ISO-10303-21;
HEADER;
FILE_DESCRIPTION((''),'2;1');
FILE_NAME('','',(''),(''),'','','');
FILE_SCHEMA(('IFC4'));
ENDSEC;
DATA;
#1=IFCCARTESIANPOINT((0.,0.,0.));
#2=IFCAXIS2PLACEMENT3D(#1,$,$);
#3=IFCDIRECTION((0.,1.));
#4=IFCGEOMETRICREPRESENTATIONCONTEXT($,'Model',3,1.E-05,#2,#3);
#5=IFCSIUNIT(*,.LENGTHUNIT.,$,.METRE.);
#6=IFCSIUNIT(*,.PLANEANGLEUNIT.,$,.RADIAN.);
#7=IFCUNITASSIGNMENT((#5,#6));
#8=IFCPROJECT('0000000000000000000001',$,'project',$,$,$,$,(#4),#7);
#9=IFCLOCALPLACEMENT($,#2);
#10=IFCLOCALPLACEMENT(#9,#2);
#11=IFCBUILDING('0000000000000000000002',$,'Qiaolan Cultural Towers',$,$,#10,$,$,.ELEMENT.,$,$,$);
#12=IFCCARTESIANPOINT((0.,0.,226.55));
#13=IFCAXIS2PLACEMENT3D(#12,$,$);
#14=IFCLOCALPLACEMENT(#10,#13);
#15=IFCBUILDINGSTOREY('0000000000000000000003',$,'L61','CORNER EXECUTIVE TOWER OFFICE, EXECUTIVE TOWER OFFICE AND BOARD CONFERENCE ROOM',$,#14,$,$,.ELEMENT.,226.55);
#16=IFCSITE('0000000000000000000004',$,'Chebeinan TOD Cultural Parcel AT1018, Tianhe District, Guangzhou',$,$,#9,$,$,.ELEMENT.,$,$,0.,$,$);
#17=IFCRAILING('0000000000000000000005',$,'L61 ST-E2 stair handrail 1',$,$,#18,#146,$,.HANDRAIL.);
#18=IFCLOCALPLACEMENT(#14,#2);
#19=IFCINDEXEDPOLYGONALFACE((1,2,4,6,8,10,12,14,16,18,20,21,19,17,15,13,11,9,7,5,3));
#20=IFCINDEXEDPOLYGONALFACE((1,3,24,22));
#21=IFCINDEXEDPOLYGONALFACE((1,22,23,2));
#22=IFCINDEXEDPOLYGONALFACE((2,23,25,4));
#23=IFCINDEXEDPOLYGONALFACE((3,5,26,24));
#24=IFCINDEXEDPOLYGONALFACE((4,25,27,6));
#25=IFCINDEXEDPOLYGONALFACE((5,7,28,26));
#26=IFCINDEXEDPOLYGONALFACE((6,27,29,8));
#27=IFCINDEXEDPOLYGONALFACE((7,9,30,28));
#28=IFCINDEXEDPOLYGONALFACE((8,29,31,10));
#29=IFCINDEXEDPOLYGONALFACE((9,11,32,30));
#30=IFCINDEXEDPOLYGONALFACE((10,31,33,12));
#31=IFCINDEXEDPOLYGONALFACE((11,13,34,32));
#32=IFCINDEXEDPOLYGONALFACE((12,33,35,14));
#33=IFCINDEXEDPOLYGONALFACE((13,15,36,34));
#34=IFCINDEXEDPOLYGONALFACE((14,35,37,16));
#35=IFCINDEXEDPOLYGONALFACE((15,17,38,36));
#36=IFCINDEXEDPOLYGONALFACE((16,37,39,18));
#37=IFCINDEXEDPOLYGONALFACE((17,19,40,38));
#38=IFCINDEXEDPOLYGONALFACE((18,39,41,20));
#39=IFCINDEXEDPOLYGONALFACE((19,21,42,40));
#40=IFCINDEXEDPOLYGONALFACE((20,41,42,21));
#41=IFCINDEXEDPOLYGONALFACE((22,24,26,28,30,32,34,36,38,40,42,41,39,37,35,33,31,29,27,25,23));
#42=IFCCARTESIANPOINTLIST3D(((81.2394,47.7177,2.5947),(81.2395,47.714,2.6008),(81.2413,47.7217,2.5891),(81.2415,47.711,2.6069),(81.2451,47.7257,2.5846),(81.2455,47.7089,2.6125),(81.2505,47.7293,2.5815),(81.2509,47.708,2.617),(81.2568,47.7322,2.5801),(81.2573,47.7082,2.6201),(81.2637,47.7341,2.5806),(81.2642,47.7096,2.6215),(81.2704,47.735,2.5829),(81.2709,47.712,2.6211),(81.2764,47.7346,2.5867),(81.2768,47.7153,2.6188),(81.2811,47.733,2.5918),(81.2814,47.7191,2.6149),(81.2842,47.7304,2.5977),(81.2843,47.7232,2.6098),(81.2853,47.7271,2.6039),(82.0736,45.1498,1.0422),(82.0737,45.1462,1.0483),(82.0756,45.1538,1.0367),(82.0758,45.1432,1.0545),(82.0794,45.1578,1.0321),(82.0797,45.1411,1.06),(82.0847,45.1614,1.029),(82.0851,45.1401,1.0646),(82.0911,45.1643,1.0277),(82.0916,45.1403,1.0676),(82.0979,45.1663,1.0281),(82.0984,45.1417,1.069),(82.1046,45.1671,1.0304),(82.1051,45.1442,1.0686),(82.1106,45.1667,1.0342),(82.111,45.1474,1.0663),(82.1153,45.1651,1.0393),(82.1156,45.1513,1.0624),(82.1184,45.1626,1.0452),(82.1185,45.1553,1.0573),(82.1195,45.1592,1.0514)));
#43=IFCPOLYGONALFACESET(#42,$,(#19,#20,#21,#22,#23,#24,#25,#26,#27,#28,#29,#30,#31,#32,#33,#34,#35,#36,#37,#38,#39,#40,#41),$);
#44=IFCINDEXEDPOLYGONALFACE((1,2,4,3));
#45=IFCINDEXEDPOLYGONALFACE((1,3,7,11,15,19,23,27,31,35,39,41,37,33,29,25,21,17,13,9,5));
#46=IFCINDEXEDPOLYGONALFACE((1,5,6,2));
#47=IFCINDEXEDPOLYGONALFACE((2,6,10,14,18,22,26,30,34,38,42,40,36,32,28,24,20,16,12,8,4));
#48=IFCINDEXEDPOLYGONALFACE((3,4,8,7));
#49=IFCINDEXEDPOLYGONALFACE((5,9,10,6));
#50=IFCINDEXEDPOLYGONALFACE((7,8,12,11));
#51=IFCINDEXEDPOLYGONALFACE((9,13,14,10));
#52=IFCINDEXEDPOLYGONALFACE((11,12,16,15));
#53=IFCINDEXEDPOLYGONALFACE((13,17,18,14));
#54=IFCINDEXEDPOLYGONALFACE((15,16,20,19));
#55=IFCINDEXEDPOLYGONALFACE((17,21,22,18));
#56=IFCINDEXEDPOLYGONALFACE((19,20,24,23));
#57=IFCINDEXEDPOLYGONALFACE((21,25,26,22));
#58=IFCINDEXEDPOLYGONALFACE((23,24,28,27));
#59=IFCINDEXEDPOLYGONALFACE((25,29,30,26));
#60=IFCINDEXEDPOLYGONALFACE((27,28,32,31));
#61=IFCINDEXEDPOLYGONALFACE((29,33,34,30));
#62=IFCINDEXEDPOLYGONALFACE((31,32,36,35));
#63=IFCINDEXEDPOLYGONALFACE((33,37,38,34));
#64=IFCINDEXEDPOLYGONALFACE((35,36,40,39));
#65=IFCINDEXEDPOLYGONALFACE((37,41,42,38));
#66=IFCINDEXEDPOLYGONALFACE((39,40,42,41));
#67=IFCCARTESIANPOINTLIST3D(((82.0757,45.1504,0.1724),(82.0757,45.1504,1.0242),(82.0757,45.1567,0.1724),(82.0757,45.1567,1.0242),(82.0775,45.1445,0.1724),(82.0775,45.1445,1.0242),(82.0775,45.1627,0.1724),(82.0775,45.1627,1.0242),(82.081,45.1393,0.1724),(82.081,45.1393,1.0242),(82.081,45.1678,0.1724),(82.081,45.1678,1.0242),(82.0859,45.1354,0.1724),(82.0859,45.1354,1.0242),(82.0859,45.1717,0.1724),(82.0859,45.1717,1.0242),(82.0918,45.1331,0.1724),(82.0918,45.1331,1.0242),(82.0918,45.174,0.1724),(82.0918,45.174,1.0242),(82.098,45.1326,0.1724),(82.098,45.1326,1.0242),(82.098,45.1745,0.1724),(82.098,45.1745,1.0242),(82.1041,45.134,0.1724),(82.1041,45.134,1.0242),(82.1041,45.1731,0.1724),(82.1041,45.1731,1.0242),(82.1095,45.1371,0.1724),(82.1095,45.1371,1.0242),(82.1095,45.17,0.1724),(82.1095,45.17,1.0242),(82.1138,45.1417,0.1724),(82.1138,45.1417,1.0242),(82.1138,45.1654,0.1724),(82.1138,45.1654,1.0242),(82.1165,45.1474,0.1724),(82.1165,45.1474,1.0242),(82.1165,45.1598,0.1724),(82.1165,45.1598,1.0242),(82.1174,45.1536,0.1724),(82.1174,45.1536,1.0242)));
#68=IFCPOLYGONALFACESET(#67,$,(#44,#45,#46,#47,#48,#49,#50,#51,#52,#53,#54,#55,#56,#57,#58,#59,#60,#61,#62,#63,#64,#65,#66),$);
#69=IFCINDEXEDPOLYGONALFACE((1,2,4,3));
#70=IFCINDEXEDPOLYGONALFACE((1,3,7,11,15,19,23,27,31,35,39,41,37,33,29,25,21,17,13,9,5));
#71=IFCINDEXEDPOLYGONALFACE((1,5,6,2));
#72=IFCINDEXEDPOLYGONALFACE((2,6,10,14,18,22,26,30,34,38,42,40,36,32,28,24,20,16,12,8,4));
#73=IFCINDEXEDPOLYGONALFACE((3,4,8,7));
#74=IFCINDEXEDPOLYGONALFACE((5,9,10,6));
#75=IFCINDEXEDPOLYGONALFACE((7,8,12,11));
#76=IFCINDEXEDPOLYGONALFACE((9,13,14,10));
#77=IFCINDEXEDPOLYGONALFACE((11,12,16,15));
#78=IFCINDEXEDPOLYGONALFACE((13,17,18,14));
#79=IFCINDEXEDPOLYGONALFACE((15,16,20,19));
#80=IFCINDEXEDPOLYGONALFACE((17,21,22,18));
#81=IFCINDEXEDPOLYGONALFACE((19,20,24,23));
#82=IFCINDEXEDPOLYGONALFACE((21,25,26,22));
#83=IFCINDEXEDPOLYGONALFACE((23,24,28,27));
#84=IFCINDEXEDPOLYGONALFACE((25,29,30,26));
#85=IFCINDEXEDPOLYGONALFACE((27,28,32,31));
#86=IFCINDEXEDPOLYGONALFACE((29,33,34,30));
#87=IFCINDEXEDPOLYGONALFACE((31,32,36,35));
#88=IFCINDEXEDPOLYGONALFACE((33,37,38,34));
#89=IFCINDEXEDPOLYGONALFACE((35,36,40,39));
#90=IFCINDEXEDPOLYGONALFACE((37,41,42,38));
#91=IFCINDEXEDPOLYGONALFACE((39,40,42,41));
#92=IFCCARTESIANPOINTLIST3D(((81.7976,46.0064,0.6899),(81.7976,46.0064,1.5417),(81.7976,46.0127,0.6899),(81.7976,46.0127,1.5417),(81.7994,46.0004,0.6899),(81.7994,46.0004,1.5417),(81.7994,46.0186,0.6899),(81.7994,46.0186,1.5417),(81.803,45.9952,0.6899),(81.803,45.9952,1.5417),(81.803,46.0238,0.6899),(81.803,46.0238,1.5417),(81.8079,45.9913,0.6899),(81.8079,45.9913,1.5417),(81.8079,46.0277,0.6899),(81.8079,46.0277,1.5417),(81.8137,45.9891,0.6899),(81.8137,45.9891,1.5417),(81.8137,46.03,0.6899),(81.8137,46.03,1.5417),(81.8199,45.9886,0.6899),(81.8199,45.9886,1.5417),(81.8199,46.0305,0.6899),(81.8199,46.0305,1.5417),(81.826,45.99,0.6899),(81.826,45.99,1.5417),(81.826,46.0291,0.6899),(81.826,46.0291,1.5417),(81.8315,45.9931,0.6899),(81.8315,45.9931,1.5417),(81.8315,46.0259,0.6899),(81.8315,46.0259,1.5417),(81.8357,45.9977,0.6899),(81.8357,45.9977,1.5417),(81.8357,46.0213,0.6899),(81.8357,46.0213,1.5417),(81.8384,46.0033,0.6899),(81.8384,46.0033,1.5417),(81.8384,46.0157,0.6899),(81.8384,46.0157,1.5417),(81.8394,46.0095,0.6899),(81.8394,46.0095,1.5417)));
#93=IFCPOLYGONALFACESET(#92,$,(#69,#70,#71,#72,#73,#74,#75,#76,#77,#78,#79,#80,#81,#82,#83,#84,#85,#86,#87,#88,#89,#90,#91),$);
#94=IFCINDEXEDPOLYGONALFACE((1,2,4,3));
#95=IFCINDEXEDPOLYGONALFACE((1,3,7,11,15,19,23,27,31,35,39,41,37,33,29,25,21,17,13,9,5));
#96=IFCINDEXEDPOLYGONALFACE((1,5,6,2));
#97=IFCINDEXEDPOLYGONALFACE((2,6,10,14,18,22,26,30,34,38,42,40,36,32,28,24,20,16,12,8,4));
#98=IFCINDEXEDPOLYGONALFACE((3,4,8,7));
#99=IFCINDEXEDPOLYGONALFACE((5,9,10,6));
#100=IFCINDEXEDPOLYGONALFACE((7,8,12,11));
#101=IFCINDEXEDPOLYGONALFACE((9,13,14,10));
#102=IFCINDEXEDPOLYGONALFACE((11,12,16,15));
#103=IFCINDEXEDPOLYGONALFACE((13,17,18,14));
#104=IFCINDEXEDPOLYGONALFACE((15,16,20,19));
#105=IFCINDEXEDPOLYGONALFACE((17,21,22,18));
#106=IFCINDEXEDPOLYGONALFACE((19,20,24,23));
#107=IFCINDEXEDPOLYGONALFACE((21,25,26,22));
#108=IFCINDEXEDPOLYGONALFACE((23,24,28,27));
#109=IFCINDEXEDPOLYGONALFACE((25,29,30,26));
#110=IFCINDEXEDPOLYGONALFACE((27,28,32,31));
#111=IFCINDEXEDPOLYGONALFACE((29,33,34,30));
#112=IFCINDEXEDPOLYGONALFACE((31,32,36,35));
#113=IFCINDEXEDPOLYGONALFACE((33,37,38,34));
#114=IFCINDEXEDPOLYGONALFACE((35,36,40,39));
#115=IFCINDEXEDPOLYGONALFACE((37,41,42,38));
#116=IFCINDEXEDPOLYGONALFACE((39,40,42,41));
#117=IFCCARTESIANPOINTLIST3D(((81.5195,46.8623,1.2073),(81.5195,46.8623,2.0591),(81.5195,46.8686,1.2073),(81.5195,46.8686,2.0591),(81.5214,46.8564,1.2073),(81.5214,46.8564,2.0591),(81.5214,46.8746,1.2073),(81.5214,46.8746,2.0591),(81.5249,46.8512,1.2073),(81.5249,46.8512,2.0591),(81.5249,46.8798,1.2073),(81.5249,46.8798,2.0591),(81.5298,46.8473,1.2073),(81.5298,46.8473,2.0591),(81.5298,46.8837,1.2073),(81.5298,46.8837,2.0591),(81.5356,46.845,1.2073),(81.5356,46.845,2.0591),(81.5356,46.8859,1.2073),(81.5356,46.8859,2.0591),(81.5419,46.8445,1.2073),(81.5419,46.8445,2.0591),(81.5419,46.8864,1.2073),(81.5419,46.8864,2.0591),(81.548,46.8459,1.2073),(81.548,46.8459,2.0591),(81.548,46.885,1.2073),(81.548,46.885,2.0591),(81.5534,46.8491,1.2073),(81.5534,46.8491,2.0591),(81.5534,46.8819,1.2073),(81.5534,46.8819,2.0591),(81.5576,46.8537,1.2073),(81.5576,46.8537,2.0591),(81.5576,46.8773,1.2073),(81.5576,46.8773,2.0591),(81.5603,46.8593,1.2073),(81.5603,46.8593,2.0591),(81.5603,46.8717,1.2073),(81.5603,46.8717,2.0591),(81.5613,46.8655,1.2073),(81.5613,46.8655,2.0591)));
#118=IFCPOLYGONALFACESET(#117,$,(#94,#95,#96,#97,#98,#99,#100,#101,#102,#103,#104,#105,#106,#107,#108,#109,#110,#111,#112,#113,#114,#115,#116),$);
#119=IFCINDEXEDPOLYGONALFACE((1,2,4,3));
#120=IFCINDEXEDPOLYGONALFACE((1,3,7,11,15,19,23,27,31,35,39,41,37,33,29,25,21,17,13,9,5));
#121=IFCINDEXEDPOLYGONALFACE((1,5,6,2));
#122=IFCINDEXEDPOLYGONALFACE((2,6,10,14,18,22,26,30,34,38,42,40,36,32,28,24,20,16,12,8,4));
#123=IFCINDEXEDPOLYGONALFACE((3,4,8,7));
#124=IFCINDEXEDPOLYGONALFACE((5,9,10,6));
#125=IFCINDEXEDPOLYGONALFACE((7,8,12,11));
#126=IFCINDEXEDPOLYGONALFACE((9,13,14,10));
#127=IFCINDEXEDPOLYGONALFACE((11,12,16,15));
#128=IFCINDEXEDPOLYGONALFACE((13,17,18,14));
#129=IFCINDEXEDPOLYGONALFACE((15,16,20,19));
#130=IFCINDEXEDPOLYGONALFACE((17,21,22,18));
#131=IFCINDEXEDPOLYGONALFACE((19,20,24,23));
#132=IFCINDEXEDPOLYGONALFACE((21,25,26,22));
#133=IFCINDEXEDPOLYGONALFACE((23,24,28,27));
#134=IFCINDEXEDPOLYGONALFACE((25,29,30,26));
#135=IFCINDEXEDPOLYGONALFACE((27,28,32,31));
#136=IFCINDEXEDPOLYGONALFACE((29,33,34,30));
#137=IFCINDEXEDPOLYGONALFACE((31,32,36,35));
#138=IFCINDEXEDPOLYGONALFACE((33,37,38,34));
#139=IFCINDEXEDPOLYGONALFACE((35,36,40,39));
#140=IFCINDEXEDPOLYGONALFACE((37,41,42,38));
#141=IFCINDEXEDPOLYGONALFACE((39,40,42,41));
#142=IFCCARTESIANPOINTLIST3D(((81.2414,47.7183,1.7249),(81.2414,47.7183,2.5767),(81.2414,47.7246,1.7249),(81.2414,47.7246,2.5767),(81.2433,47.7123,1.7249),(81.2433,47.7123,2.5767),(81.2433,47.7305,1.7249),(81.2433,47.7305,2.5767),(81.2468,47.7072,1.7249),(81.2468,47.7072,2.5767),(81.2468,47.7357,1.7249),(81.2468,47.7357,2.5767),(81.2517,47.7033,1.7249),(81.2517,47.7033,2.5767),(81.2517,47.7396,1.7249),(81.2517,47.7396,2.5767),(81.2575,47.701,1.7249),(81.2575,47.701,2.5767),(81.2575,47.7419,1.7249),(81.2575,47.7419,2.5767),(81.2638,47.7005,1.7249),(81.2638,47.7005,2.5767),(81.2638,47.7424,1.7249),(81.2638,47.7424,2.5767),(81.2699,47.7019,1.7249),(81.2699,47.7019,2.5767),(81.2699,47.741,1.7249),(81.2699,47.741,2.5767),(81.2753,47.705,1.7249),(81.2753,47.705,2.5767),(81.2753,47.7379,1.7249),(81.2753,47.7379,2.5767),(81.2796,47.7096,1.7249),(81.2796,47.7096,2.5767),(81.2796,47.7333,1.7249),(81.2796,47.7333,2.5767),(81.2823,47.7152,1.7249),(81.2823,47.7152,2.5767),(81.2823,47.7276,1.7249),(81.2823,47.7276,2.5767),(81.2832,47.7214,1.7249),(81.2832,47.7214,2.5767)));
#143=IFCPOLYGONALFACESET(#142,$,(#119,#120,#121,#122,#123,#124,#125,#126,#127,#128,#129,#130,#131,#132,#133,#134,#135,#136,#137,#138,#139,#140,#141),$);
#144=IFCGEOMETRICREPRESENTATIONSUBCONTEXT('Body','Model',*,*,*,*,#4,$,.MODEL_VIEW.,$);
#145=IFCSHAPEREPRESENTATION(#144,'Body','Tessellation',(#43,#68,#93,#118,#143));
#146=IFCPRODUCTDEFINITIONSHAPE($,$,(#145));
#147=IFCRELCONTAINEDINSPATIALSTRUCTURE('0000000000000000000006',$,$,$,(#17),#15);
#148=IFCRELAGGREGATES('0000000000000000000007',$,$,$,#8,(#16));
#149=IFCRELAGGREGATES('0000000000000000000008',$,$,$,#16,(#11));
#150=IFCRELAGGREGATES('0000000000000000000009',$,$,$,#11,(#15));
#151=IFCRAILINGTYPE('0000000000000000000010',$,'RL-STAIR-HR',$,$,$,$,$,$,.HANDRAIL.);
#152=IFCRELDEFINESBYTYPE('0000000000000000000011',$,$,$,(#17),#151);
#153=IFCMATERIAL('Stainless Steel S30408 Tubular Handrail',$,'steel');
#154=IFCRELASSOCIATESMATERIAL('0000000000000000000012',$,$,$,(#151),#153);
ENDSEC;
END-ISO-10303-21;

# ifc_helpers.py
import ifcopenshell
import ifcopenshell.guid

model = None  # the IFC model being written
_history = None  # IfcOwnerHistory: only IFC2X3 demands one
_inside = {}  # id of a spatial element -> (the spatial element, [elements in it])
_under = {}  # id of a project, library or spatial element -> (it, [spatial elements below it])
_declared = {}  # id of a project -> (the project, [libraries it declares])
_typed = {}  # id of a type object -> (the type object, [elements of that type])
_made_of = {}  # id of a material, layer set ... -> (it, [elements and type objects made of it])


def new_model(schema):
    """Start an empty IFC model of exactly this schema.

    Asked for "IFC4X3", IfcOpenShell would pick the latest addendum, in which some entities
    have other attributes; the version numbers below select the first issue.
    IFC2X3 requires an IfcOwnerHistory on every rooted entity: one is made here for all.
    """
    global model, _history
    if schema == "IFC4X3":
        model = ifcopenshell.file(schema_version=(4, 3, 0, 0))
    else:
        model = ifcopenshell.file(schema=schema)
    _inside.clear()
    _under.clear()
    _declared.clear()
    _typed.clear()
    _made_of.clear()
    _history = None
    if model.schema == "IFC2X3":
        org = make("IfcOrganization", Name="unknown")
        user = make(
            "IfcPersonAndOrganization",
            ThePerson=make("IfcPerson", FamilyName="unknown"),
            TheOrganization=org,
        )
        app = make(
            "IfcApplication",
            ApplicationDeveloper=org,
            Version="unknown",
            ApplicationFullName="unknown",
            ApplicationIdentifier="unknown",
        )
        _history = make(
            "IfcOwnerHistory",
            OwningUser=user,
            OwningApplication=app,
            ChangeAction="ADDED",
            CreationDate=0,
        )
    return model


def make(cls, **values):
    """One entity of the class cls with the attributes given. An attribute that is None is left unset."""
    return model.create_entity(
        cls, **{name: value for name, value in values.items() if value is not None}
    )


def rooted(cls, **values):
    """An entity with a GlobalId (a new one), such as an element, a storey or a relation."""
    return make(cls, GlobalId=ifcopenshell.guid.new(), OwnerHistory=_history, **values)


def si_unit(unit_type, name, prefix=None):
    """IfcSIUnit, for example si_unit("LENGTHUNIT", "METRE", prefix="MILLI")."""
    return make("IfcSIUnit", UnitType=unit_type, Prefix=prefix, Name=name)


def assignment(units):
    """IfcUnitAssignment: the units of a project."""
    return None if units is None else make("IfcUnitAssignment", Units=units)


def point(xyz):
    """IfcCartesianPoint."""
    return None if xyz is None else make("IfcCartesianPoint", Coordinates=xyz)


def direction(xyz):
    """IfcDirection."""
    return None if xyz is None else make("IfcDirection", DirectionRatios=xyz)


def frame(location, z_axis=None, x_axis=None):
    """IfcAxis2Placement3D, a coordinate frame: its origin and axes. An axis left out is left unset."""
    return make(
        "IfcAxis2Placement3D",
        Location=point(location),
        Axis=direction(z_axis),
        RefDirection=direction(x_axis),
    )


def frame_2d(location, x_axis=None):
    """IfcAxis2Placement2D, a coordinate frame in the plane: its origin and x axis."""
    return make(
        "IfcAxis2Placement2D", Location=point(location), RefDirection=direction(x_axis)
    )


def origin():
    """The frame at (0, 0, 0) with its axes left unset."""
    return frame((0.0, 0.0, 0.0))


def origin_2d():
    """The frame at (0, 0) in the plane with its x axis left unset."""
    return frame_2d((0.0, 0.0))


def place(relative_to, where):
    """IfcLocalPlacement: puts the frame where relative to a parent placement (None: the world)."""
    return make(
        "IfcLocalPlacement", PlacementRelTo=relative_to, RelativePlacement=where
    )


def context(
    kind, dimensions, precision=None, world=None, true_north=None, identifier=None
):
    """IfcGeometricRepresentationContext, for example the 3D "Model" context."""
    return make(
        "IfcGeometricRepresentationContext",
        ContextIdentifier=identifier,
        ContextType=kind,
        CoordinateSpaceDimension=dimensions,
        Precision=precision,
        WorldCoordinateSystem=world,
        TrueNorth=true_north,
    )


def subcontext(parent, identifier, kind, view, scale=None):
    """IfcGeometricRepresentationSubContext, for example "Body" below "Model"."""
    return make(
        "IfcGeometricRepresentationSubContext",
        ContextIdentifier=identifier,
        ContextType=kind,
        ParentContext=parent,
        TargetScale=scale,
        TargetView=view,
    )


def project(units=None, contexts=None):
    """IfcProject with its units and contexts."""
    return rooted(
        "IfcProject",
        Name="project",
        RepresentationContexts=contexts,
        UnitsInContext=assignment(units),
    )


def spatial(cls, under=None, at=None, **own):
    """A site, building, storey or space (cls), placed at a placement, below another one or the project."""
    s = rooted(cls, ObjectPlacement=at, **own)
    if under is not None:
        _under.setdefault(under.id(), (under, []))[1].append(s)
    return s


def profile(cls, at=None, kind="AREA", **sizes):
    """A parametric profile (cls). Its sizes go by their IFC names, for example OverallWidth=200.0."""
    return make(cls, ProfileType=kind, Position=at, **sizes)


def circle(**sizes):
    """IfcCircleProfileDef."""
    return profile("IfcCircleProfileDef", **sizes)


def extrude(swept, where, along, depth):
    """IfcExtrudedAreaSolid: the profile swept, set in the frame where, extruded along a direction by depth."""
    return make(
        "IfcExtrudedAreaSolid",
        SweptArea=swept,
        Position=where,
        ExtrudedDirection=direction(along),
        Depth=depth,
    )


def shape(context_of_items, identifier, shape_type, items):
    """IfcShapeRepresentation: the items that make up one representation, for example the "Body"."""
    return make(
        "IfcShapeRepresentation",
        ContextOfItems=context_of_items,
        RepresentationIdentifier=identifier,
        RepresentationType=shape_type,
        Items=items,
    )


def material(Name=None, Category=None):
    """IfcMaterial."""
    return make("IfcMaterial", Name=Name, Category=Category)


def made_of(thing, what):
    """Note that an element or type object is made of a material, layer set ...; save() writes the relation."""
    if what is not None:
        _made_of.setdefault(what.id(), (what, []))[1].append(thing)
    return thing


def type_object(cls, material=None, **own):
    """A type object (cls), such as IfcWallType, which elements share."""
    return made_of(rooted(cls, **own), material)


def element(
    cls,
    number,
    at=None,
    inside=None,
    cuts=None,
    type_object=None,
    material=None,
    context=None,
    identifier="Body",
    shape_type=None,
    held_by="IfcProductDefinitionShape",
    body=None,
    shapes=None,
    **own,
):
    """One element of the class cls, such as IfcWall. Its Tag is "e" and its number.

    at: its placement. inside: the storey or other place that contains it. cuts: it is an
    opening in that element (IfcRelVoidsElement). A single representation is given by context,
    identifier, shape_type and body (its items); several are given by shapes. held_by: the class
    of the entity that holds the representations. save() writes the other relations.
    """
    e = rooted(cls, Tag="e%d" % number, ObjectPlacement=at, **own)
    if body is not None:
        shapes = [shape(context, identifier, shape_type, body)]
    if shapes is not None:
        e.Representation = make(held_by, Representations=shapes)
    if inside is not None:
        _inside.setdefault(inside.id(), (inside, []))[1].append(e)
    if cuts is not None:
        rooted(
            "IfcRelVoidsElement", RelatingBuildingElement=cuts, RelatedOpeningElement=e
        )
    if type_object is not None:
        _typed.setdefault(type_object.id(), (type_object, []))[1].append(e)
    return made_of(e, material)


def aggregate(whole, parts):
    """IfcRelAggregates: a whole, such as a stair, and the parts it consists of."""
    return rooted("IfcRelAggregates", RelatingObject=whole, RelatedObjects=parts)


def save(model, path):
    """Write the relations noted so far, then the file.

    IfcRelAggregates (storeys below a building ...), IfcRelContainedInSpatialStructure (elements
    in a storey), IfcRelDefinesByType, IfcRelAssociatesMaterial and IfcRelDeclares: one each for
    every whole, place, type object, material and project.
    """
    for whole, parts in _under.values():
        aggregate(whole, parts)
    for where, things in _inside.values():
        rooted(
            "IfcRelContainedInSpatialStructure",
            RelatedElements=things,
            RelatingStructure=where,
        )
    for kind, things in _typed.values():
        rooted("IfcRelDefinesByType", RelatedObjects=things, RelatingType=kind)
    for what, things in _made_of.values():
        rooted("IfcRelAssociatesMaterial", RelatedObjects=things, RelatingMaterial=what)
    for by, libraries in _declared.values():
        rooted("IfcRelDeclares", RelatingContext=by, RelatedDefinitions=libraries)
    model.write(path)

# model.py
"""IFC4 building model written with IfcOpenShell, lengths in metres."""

from ifc_helpers import new_model, si_unit, direction, frame, origin, origin_2d, place, context, subcontext, project, spatial, circle, extrude, material, type_object, element, save


model = new_model("IFC4")

# Units and contexts
model_context = context("Model", 3, precision=1e-05, world=origin(), true_north=direction((0.0, 1.0)))
body_context = subcontext(model_context, "Body", "Model", "MODEL_VIEW")
ifc_project = project(units=[si_unit("LENGTHUNIT", "METRE"), si_unit("PLANEANGLEUNIT", "RADIAN")], contexts=[model_context])

# Site, building, storey
site_placement = place(None, origin())
site = spatial("IfcSite", under=ifc_project, at=site_placement, Name="Chebeinan TOD Cultural Parcel AT1018, Tianhe District, Guangzhou", CompositionType="ELEMENT", RefElevation=0.0)
building_placement = place(site_placement, origin())
building = spatial("IfcBuilding", under=site, at=building_placement, Name="Qiaolan Cultural Towers", CompositionType="ELEMENT")
storey_placement = place(building_placement, frame((0.0, 0.0, 226.55)))
storey = spatial("IfcBuildingStorey", under=building, at=storey_placement, Name="L61", Description="CORNER EXECUTIVE TOWER OFFICE, EXECUTIVE TOWER OFFICE AND BOARD CONFERENCE ROOM", CompositionType="ELEMENT", Elevation=226.55)

# Railing
ifc_material_1 = material(Name="Stainless Steel S30408 Tubular Handrail", Category="steel")
railing_type_1 = type_object("IfcRailingType", Name="RL-STAIR-HR", PredefinedType="HANDRAIL", material=ifc_material_1)
railing_1_placement = place(storey_placement, frame((82.0964, 45.1536, 0.1724)))
element("IfcRailing", 1, at=railing_1_placement, inside=storey, type_object=railing_type_1, Name="L61 ST-E2 stair handrail 1", PredefinedType="HANDRAIL", context=body_context, shape_type="SweptSolid", body=[
    extrude(circle(Radius=0.0239, at=origin_2d()), frame((0.0, 0.0, 0.876), z_axis=(-0.267853, 0.824488, 0.498471), x_axis=(-0.95107, -0.308976, 0.0)), (0.0, 0.0, 1.0), 3.1145),
    extrude(circle(Radius=0.021, at=origin_2d()), origin(), (0.0, 0.0, 1.0), 0.8518),
    extrude(circle(Radius=0.021, at=origin_2d()), frame((-0.2781, 0.856, 0.5176)), (0.0, 0.0, 1.0), 0.8518),
    extrude(circle(Radius=0.021, at=origin_2d()), frame((-0.5562, 1.7119, 1.0349)), (0.0, 0.0, 1.0), 0.8518),
    extrude(circle(Radius=0.021, at=origin_2d()), frame((-0.8342, 2.5679, 1.5525)), (0.0, 0.0, 1.0), 0.8518),
])

save(model, "model.ifc")
